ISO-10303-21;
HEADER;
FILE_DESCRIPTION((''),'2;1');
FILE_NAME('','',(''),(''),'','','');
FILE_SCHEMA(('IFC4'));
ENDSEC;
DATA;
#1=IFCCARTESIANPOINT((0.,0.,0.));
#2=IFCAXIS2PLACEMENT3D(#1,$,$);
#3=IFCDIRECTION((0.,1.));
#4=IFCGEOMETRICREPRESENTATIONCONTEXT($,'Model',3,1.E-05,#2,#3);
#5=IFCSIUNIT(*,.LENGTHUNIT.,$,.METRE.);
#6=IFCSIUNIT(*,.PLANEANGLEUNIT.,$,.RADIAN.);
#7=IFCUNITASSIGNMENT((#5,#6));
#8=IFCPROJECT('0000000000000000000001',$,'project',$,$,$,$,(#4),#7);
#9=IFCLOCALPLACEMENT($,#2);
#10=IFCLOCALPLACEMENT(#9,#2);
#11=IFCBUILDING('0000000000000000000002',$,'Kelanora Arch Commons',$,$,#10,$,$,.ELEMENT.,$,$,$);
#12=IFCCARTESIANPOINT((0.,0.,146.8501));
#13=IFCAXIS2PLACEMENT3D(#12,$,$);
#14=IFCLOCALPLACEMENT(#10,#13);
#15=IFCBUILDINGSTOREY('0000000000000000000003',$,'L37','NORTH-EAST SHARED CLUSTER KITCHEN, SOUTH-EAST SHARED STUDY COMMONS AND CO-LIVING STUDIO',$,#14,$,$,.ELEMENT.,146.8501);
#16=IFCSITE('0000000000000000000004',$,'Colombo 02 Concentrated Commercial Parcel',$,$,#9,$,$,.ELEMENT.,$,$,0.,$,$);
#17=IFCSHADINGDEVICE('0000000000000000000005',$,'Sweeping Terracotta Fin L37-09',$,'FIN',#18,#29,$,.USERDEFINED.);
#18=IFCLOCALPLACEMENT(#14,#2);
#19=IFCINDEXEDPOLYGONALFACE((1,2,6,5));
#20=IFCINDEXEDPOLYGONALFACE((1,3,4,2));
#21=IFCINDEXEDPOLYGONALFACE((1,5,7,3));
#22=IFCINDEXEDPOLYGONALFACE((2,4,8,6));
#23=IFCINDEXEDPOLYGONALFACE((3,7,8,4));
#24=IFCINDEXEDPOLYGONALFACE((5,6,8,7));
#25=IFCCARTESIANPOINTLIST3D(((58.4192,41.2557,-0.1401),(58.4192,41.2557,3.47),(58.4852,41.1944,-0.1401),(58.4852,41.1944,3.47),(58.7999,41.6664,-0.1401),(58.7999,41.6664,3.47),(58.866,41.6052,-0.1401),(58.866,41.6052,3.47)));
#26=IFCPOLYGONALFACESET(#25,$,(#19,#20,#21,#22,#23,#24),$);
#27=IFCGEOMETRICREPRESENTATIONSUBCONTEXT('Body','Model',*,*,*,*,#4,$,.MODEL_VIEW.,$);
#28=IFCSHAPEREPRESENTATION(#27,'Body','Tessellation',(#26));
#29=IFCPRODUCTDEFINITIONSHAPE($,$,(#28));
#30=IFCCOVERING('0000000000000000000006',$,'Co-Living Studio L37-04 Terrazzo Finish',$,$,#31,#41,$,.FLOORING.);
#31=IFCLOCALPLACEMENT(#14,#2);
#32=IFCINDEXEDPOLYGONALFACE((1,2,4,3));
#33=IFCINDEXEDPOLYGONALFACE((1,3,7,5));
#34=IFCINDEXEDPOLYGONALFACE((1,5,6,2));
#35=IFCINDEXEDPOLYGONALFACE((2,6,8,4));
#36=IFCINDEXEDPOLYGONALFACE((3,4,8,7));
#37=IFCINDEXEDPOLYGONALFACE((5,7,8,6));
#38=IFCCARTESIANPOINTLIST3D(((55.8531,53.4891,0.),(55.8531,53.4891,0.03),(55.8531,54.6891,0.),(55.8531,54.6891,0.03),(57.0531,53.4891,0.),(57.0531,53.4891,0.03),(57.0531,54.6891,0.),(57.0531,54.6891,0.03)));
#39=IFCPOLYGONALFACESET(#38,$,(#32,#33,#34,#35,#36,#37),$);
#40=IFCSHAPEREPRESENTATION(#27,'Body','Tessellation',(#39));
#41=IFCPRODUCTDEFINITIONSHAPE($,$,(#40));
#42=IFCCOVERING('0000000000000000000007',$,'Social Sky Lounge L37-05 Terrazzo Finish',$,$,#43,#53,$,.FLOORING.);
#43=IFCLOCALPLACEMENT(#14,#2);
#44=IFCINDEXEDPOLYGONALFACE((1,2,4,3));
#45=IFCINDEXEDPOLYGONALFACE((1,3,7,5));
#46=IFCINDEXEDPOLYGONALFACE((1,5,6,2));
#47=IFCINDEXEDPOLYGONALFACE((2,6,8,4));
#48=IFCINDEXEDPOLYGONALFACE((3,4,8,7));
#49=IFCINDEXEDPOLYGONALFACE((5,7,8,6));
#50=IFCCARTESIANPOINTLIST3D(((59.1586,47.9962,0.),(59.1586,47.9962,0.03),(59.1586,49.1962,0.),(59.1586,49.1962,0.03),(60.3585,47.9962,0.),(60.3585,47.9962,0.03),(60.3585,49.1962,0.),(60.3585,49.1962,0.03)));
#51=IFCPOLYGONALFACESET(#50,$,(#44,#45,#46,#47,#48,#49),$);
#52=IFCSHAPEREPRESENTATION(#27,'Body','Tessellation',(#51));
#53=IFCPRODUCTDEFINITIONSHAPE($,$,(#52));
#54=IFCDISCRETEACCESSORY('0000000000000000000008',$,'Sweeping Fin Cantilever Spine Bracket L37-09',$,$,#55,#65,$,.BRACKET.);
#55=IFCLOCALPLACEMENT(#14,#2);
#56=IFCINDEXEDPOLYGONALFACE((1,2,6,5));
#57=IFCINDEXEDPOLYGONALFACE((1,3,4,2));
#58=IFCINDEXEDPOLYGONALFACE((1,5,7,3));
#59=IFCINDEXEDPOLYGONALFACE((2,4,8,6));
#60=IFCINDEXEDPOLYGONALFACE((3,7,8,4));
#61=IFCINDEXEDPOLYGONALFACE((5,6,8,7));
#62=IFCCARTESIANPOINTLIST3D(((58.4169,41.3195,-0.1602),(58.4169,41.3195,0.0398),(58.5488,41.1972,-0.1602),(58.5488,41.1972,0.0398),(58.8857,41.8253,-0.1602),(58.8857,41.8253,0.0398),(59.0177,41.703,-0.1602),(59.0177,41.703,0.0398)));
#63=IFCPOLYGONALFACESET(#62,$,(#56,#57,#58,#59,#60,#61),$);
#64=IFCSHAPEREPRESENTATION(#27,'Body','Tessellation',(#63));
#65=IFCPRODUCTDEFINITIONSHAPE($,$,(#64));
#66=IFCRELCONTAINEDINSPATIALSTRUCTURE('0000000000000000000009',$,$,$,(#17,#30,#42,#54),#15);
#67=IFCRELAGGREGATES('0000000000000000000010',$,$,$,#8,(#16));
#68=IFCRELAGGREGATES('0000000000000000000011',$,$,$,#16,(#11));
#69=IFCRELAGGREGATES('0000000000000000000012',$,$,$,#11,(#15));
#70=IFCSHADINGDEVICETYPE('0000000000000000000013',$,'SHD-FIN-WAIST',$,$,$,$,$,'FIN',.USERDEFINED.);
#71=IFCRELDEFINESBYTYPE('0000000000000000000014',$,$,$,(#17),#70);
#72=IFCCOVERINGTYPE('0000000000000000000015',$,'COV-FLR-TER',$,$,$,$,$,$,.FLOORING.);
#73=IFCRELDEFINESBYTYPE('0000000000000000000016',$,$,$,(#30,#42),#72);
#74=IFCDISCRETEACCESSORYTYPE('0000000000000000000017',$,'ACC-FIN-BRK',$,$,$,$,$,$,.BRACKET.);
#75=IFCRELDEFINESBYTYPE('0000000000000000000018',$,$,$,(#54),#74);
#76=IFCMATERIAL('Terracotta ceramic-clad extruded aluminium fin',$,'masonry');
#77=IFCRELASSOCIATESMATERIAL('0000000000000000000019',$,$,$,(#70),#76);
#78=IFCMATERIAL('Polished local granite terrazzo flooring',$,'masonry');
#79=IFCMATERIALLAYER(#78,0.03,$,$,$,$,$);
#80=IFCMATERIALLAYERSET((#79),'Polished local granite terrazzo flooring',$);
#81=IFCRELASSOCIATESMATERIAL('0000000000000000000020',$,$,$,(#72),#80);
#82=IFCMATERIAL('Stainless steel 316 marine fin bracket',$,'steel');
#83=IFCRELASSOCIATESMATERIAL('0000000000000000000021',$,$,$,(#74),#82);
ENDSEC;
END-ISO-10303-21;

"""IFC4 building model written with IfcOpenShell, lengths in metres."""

from ifc_helpers import new_model, si_unit, direction, frame, origin, origin_2d, place, context, subcontext, project, spatial, rectangle, extrude, source, transform, mapped, material, layer, layer_set, type_object, element, save


model = new_model("IFC4")

# Units and contexts
model_context = context("Model", 3, precision=1e-05, world=origin(), true_north=direction((0.0, 1.0)))
body_context = subcontext(model_context, "Body", "Model", "MODEL_VIEW")
ifc_project = project(units=[si_unit("LENGTHUNIT", "METRE"), si_unit("PLANEANGLEUNIT", "RADIAN")], contexts=[model_context])

# Site, building, storey
site_placement = place(None, origin())
site = spatial("IfcSite", under=ifc_project, at=site_placement, Name="Colombo 02 Concentrated Commercial Parcel", CompositionType="ELEMENT", RefElevation=0.0)
building_placement = place(site_placement, origin())
building = spatial("IfcBuilding", under=site, at=building_placement, Name="Kelanora Arch Commons", CompositionType="ELEMENT")
storey_placement = place(building_placement, frame((0.0, 0.0, 146.8501)))
storey = spatial("IfcBuildingStorey", under=building, at=storey_placement, Name="L37", Description="NORTH-EAST SHARED CLUSTER KITCHEN, SOUTH-EAST SHARED STUDY COMMONS AND CO-LIVING STUDIO", CompositionType="ELEMENT", Elevation=146.8501)

# Shading device
ifc_material_1 = material(Name="Terracotta ceramic-clad extruded aluminium fin", Category="masonry")
shading_device_type = type_object("IfcShadingDeviceType", Name="SHD-FIN-WAIST", ElementType="FIN", PredefinedType="USERDEFINED", material=ifc_material_1)
shared_shape_1 = source(origin(), body_context, "Body", "SweptSolid", [
    extrude(rectangle(XDim=0.5601, YDim=0.0901, at=origin_2d()), origin(), (0.0, 0.0, 1.0), 3.6101),
])
shading_device_placement = place(storey_placement, frame((58.6426, 41.4304, -0.1401), z_axis=(0.0, 0.0, 1.0), x_axis=(-0.679825, -0.733374, 0.0)))
element("IfcShadingDevice", 1, at=shading_device_placement, inside=storey, type_object=shading_device_type, Name="Sweeping Terracotta Fin L37-09", ObjectType="FIN", PredefinedType="USERDEFINED", context=body_context, shape_type="MappedRepresentation", body=[
    mapped(shared_shape_1, transform((0.0, 0.0, 0.0), scale=1.0)),
])

# Coverings
ifc_material_2 = material(Name="Polished local granite terrazzo flooring", Category="masonry")
ifc_layer_1 = layer(ifc_material_2, 0.03)
ifc_layer_set_1 = layer_set([ifc_layer_1], Name="Polished local granite terrazzo flooring")
covering_type = type_object("IfcCoveringType", Name="COV-FLR-TER", PredefinedType="FLOORING", material=ifc_layer_set_1)
shared_shape_2 = source(origin(), body_context, "Body", "SweptSolid", [
    extrude(rectangle(XDim=1.2, YDim=1.2, at=origin_2d()), origin(), (0.0, 0.0, 1.0), 0.03),
])
for number, where, z_axis, x_axis, name in (
    (2, (56.4531, 54.0891, 0.0), (0.0, 0.0, 1.0), (1.0, 0.0, 0.0), "Co-Living Studio L37-04 Terrazzo Finish"),
    (3, (59.7585, 48.5962, 0.0), (0.0, 0.0, 1.0), (1.0, 0.0, 0.0), "Social Sky Lounge L37-05 Terrazzo Finish"),
):
    element("IfcCovering", number, at=place(storey_placement, frame(where, z_axis=z_axis, x_axis=x_axis)), inside=storey, type_object=covering_type, Name=name, PredefinedType="FLOORING", context=body_context, shape_type="MappedRepresentation", body=[
        mapped(shared_shape_2, transform((0.0, 0.0, 0.0), scale=1.0)),
    ])

# Discrete accessory
ifc_material_3 = material(Name="Stainless steel 316 marine fin bracket", Category="steel")
discrete_accessory_type = type_object("IfcDiscreteAccessoryType", Name="ACC-FIN-BRK", PredefinedType="BRACKET", material=ifc_material_3)
shared_shape_3 = source(origin(), body_context, "Body", "SweptSolid", [
    extrude(rectangle(XDim=0.6897, YDim=0.1799, at=origin_2d()), origin(), (0.0, 0.0, 1.0), 0.2),
])
discrete_accessory_placement = place(storey_placement, frame((58.7173, 41.5112, -0.1602), z_axis=(0.0, 0.0, 1.0), x_axis=(-0.679825, -0.733374, 0.0)))
element("IfcDiscreteAccessory", 4, at=discrete_accessory_placement, inside=storey, type_object=discrete_accessory_type, Name="Sweeping Fin Cantilever Spine Bracket L37-09", PredefinedType="BRACKET", context=body_context, shape_type="MappedRepresentation", body=[
    mapped(shared_shape_3, transform((0.0, 0.0, 0.0), scale=1.0)),
])

save(model, "model.ifc")
